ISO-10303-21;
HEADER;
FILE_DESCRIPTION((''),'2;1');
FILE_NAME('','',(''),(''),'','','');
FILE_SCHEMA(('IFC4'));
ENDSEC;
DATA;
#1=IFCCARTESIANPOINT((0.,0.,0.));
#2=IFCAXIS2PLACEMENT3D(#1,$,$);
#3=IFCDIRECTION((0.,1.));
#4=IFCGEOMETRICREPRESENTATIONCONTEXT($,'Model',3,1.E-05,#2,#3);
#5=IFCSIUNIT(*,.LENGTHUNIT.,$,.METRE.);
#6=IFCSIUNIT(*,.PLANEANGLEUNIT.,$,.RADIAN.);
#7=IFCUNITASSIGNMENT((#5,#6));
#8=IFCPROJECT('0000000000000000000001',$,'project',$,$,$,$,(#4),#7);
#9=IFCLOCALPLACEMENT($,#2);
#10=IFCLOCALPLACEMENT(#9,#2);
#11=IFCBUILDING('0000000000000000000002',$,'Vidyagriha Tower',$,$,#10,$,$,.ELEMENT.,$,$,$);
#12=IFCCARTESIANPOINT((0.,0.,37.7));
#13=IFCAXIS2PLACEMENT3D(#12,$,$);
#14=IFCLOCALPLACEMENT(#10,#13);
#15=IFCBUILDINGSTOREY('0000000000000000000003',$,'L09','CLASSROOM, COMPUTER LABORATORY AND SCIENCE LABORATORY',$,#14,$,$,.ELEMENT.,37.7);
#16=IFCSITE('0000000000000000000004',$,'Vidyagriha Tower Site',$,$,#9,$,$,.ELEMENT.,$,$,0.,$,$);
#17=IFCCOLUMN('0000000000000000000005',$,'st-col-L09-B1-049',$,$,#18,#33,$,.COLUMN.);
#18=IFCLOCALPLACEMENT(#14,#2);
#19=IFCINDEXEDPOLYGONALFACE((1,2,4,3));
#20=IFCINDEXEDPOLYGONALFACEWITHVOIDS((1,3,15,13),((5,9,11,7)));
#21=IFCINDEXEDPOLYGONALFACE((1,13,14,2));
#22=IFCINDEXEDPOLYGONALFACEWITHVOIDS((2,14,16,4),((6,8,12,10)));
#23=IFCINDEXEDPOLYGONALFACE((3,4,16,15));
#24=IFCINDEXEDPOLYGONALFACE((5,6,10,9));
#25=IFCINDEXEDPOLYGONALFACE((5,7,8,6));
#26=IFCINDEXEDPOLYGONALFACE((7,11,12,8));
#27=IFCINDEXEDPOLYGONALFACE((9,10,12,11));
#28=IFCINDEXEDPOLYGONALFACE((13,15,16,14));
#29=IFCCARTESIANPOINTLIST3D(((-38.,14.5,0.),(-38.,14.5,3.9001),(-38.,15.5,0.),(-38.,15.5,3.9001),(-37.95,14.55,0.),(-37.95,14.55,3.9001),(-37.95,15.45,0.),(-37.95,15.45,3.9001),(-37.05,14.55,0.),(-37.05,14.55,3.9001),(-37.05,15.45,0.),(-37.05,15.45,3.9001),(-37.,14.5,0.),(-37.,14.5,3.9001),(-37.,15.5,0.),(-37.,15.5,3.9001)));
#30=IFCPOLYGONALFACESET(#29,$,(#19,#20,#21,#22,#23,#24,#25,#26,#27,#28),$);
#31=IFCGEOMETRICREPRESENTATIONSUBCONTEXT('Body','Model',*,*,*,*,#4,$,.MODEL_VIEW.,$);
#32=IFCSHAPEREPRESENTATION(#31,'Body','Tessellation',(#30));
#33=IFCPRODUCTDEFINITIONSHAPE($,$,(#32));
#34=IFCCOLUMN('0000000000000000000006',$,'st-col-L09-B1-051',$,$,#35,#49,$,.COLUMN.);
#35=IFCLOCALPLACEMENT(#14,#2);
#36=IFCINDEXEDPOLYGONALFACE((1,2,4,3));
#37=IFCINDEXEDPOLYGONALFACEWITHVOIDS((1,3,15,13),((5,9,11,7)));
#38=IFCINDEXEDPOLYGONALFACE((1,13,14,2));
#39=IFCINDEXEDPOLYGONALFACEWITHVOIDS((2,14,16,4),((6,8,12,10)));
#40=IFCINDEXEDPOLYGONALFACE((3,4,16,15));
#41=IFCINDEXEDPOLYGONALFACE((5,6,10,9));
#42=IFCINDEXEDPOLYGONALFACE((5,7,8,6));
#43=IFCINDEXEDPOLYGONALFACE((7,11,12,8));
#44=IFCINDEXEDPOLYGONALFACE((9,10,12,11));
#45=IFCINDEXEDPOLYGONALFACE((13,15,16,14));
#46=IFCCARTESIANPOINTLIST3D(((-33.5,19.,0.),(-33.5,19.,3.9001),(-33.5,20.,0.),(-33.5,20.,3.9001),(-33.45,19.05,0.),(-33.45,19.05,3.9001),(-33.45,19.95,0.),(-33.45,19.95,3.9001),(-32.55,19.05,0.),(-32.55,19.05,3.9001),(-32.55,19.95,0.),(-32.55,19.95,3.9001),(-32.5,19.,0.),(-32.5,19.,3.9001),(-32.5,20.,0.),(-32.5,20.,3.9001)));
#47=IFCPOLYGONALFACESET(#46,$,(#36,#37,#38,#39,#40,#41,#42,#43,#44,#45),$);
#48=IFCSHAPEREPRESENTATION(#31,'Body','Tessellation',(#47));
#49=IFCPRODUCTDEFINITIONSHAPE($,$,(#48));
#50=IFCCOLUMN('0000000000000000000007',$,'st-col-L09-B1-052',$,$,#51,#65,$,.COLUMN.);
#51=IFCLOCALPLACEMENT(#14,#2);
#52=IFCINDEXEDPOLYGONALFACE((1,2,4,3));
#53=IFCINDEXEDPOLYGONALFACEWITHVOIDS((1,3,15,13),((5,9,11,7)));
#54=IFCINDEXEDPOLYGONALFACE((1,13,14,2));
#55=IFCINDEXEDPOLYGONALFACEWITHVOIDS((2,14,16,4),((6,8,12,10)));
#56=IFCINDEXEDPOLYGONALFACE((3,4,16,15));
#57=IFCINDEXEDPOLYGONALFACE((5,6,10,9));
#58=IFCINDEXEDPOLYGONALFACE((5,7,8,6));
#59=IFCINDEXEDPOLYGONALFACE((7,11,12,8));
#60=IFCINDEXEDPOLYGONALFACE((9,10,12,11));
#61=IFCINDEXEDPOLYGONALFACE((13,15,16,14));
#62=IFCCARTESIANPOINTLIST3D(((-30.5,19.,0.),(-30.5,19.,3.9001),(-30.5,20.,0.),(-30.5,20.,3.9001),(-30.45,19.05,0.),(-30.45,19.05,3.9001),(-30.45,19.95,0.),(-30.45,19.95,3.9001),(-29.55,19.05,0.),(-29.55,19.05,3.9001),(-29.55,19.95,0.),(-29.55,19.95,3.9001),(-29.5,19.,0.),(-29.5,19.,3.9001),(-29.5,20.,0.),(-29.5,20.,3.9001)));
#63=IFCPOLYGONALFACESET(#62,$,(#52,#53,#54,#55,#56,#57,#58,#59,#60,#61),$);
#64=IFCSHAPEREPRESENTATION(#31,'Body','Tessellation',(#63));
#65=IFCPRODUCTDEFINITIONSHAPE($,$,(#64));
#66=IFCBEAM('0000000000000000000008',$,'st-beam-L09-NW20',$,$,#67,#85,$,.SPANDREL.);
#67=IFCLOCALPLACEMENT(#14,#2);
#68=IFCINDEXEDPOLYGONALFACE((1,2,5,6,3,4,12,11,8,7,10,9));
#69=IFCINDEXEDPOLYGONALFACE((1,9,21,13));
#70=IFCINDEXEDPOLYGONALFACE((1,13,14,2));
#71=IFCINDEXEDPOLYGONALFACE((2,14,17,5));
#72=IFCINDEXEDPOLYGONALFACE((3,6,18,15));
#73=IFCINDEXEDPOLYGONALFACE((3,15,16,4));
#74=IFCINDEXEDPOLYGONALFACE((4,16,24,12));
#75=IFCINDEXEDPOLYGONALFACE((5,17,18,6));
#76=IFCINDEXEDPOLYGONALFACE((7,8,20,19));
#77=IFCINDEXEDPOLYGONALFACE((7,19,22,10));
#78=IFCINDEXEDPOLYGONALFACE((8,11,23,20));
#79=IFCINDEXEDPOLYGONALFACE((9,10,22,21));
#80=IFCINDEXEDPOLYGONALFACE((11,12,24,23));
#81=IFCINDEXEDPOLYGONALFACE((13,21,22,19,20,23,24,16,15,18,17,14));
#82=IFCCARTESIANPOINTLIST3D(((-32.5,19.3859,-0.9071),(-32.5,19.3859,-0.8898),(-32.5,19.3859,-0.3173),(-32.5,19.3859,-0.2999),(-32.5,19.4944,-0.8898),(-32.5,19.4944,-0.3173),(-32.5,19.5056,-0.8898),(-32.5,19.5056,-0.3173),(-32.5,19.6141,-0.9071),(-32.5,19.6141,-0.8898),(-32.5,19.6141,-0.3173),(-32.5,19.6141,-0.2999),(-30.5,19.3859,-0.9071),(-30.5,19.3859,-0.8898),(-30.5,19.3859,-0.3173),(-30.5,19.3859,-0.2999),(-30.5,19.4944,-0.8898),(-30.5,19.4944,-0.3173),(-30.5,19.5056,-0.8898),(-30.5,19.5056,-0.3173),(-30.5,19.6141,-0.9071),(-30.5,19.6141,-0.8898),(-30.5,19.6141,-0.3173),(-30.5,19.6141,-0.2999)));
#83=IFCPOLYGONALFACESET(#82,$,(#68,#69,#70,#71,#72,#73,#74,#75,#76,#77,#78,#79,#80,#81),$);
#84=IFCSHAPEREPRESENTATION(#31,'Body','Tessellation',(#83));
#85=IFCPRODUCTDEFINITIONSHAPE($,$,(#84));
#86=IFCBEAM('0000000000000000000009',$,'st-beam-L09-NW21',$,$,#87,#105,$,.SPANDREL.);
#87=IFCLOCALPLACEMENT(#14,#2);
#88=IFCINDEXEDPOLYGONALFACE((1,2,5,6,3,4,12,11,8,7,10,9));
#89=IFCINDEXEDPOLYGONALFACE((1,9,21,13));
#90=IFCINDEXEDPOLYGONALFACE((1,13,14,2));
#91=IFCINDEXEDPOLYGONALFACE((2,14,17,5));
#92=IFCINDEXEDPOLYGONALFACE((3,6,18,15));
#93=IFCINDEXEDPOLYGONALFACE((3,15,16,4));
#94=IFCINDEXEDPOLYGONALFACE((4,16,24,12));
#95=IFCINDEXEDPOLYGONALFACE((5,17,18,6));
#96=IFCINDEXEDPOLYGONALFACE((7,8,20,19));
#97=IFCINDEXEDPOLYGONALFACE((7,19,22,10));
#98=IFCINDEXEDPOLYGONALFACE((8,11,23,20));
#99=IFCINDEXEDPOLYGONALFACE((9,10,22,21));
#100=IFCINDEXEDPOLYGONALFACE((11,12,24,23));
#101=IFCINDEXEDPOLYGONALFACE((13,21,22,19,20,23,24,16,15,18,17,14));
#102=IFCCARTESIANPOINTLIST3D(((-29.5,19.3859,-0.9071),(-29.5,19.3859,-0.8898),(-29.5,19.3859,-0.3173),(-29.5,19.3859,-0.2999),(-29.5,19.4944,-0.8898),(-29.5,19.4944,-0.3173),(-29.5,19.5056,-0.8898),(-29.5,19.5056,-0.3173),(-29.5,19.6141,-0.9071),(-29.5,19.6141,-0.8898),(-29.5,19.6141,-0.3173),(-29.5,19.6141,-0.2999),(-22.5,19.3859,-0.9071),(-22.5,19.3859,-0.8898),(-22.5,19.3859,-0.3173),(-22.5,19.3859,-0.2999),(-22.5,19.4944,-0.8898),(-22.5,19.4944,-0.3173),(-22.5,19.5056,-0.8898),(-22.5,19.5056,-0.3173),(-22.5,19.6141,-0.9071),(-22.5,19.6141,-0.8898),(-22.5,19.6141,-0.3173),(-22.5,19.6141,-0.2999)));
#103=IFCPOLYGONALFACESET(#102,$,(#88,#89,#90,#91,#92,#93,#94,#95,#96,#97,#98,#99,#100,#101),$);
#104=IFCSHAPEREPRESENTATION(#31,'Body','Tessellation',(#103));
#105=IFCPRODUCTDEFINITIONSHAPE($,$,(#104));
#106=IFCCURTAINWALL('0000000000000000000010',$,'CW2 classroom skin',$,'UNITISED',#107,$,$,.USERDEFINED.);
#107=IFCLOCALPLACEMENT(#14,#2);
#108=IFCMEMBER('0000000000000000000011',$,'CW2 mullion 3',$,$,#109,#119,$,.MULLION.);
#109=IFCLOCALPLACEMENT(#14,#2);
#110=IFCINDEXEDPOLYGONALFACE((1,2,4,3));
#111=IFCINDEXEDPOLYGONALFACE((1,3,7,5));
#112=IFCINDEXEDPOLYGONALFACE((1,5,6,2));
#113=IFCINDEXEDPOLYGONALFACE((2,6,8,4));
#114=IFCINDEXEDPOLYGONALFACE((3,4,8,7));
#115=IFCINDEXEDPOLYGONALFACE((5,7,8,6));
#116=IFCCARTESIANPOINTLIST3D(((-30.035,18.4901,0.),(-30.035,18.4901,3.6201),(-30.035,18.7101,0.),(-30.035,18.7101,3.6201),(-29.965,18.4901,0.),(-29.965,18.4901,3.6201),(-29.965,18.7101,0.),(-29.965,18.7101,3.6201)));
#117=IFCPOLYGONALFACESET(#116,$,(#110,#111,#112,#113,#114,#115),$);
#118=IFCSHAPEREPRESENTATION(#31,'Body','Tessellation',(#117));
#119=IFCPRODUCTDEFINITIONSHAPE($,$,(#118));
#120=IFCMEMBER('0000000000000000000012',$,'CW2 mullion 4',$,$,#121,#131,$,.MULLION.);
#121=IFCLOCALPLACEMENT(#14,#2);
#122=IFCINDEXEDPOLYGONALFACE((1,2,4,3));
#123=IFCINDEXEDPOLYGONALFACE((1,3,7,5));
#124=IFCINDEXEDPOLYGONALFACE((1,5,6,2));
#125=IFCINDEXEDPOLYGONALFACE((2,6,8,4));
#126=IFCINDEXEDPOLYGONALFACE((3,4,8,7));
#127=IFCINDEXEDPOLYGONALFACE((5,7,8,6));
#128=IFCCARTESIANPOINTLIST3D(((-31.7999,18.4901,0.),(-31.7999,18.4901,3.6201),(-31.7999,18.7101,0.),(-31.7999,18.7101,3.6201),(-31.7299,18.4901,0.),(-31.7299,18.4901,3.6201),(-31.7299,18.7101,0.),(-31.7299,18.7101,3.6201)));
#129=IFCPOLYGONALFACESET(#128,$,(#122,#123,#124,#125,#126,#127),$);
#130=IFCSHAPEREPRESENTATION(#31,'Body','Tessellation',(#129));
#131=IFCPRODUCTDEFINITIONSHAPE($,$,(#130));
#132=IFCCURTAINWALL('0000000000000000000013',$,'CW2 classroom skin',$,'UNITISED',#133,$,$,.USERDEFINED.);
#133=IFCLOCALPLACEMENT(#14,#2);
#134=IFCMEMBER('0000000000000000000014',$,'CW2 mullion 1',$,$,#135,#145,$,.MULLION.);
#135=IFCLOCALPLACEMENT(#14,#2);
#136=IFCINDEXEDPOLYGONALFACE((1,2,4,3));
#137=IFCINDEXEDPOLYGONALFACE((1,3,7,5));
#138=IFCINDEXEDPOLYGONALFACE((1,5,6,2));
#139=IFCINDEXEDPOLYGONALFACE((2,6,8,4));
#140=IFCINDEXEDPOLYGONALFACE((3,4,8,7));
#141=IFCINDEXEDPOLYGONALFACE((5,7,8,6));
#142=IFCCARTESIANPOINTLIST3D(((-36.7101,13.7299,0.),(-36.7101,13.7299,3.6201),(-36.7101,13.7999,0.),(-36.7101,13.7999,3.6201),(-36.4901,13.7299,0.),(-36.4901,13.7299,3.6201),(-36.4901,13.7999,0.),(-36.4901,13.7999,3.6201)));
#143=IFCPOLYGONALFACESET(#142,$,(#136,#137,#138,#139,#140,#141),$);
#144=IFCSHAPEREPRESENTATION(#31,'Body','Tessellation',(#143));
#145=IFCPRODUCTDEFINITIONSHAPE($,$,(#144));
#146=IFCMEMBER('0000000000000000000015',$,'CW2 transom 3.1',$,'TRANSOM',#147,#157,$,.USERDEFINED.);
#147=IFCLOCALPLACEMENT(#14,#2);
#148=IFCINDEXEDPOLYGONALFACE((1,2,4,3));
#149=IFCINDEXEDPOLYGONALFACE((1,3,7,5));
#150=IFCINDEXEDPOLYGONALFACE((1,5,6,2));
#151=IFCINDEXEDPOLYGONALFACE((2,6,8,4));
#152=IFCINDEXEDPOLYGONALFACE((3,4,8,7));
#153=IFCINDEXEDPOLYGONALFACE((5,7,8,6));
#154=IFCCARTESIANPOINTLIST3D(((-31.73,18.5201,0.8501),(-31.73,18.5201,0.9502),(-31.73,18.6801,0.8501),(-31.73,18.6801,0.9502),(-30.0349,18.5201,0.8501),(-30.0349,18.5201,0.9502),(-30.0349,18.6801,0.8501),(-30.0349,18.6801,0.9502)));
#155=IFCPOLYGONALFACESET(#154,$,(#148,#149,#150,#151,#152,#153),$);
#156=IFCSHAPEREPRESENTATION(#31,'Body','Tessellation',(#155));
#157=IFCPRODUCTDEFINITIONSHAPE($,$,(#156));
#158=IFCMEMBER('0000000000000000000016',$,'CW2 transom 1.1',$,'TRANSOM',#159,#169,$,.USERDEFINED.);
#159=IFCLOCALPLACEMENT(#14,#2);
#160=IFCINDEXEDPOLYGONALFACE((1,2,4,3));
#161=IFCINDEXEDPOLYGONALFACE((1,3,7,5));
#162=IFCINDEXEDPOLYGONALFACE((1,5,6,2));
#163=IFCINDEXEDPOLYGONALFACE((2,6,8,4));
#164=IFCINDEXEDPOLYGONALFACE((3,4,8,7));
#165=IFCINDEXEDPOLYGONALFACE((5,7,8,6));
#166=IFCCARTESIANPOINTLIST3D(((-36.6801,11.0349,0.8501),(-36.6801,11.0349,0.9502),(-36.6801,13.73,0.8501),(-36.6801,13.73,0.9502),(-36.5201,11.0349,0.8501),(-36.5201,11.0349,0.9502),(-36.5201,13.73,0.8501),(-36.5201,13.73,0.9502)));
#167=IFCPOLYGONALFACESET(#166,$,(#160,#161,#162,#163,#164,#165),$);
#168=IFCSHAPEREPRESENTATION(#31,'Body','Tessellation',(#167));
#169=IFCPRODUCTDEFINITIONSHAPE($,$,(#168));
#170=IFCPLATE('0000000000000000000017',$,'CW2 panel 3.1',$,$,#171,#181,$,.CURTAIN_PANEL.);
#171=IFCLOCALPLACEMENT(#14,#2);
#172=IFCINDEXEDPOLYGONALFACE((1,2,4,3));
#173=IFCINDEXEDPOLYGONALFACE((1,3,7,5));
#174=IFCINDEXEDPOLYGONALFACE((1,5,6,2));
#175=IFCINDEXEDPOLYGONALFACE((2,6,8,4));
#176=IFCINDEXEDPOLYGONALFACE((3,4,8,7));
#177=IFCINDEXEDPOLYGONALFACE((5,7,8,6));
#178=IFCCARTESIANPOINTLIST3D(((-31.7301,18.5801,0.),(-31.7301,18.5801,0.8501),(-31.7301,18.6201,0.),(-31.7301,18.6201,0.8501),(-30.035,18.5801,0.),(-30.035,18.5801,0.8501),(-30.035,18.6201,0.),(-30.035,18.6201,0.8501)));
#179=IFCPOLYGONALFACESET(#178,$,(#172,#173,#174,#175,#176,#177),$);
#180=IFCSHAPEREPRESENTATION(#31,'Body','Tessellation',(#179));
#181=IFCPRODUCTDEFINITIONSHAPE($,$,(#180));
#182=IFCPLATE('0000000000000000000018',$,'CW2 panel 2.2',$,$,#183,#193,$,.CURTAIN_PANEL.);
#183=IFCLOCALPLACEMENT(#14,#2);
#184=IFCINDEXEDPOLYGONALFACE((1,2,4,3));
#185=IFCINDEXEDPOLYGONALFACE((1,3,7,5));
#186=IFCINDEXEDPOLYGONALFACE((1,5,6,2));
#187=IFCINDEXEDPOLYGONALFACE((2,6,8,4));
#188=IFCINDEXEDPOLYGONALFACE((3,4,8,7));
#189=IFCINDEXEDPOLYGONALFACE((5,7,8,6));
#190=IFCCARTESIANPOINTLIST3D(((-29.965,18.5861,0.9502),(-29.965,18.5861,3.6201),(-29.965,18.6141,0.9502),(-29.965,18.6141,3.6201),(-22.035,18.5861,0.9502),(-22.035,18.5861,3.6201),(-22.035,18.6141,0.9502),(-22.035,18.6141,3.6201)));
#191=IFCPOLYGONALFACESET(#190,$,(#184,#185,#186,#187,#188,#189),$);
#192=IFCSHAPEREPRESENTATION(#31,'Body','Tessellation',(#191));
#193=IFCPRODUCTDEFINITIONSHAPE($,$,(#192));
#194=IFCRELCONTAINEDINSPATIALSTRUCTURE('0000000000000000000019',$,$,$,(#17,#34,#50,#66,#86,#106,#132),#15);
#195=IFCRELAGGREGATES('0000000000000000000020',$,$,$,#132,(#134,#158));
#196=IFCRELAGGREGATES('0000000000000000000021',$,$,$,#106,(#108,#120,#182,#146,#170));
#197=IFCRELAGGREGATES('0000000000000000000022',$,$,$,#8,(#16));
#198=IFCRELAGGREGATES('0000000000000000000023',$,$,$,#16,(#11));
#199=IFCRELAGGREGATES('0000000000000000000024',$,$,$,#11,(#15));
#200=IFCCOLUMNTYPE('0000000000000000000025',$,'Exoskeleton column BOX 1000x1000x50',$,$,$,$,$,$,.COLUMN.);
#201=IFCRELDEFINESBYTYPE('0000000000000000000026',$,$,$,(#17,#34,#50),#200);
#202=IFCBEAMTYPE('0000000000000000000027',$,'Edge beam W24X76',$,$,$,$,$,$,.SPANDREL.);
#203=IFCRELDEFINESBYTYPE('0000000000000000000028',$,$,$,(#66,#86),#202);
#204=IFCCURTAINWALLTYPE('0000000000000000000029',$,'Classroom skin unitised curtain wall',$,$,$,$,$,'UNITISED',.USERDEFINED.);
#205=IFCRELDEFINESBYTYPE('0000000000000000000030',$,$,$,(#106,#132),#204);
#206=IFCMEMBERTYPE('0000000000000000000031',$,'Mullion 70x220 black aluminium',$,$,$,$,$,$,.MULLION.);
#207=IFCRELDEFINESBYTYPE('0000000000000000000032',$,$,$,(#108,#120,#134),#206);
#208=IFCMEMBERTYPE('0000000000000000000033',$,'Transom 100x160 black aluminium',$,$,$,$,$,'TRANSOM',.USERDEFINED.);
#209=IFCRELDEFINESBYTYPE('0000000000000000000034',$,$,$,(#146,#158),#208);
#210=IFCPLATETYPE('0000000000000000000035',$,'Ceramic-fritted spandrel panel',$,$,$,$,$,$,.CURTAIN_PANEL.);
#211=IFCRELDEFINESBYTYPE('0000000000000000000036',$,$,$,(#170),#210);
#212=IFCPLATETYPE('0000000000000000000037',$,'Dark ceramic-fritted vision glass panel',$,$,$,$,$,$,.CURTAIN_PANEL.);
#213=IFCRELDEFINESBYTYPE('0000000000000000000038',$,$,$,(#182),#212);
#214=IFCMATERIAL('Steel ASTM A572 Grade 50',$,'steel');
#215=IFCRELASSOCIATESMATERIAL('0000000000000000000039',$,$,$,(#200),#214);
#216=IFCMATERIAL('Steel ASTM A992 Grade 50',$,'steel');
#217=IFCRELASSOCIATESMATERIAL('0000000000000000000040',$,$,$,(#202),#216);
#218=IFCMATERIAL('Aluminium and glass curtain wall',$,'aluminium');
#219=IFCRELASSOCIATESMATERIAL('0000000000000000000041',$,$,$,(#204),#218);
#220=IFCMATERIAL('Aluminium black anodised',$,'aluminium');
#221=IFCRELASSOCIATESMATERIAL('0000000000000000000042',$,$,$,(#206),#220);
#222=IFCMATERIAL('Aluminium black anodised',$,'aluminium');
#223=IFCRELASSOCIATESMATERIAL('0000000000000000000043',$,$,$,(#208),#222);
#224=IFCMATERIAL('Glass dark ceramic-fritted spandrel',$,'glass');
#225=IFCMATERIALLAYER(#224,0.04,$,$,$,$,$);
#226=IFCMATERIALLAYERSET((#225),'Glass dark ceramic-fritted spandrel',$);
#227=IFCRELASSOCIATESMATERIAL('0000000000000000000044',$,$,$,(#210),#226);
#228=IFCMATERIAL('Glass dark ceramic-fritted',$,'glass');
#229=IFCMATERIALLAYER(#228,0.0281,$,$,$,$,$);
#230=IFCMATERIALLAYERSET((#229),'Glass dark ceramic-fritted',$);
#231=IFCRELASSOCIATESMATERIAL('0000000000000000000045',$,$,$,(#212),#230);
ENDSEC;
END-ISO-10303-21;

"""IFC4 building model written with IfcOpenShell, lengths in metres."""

from ifc_helpers import new_model, si_unit, direction, frame, origin, origin_2d, place, context, subcontext, project, spatial, rectangle, hollow_rectangle, i_section, extrude, material, layer, layer_set, material_profile, profile_set, type_object, element, aggregate, save


model = new_model("IFC4")

# Units and contexts
model_context = context("Model", 3, precision=1e-05, world=origin(), true_north=direction((0.0, 1.0)))
body_context = subcontext(model_context, "Body", "Model", "MODEL_VIEW")
ifc_project = project(units=[si_unit("LENGTHUNIT", "METRE"), si_unit("PLANEANGLEUNIT", "RADIAN")], contexts=[model_context])

# Site, building, storey
site_placement = place(None, origin())
site = spatial("IfcSite", under=ifc_project, at=site_placement, Name="Vidyagriha Tower Site", CompositionType="ELEMENT", RefElevation=0.0)
building_placement = place(site_placement, origin())
building = spatial("IfcBuilding", under=site, at=building_placement, Name="Vidyagriha Tower", CompositionType="ELEMENT")
storey_placement = place(building_placement, frame((0.0, 0.0, 37.7)))
storey = spatial("IfcBuildingStorey", under=building, at=storey_placement, Name="L09", Description="CLASSROOM, COMPUTER LABORATORY AND SCIENCE LABORATORY", CompositionType="ELEMENT", Elevation=37.7)

# Columns
ifc_material_1 = material(Name="Steel ASTM A572 Grade 50", Category="steel")
ifc_material_profile_1 = material_profile(ifc_material_1, hollow_rectangle(XDim=1.0, YDim=1.0, WallThickness=0.05, at=origin_2d()), Name="BOX 1000x1000x50")
ifc_profile_set_1 = profile_set([ifc_material_profile_1], Name="Steel ASTM A572 Grade 50")
column_type = type_object("IfcColumnType", Name="Exoskeleton column BOX 1000x1000x50", PredefinedType="COLUMN", material=ifc_profile_set_1)
for number, where, name in (
    (1, (-37.5, 15.0, 0.0), "st-col-L09-B1-049"),
    (2, (-33.0, 19.5, 0.0), "st-col-L09-B1-051"),
    (3, (-30.0, 19.5, 0.0), "st-col-L09-B1-052"),
):
    element("IfcColumn", number, at=place(storey_placement, frame(where)), inside=storey, type_object=column_type, Name=name, PredefinedType="COLUMN", context=body_context, shape_type="SweptSolid", body=[
        extrude(hollow_rectangle(XDim=1.0, YDim=1.0, WallThickness=0.05, at=origin_2d()), origin(), (0.0, 0.0, 1.0), 3.9001),
    ])

# Beams
ifc_material_2 = material(Name="Steel ASTM A992 Grade 50", Category="steel")
ifc_material_profile_2 = material_profile(ifc_material_2, i_section(OverallWidth=0.2283, OverallDepth=0.6072, WebThickness=0.0112, FlangeThickness=0.0173, at=origin_2d()), Name="W24X76")
ifc_profile_set_2 = profile_set([ifc_material_profile_2], Name="Steel ASTM A992 Grade 50")
beam_type = type_object("IfcBeamType", Name="Edge beam W24X76", PredefinedType="SPANDREL", material=ifc_profile_set_2)
beam_1_placement = place(storey_placement, frame((-32.5, 19.5, -0.6035), z_axis=(1.0, 0.0, 0.0), x_axis=(0.0, 1.0, 0.0)))
element("IfcBeam", 4, at=beam_1_placement, inside=storey, type_object=beam_type, Name="st-beam-L09-NW20", PredefinedType="SPANDREL", context=body_context, shape_type="SweptSolid", body=[
    extrude(i_section(OverallWidth=0.2283, OverallDepth=0.6072, WebThickness=0.0112, FlangeThickness=0.0173, at=origin_2d()), origin(), (0.0, 0.0, 1.0), 2.0),
])
beam_2_placement = place(storey_placement, frame((-29.5, 19.5, -0.6035), z_axis=(1.0, 0.0, 0.0), x_axis=(0.0, 1.0, 0.0)))
element("IfcBeam", 5, at=beam_2_placement, inside=storey, type_object=beam_type, Name="st-beam-L09-NW21", PredefinedType="SPANDREL", context=body_context, shape_type="SweptSolid", body=[
    extrude(i_section(OverallWidth=0.2283, OverallDepth=0.6072, WebThickness=0.0112, FlangeThickness=0.0173, at=origin_2d()), origin(), (0.0, 0.0, 1.0), 7.0),
])

# Curtain wall, members
ifc_material_3 = material(Name="Aluminium and glass curtain wall", Category="aluminium")
curtain_wall_type = type_object("IfcCurtainWallType", Name="Classroom skin unitised curtain wall", ElementType="UNITISED", PredefinedType="USERDEFINED", material=ifc_material_3)
curtain_wall_1_placement = place(storey_placement, origin())
curtain_wall_1 = element("IfcCurtainWall", 6, at=curtain_wall_1_placement, inside=storey, type_object=curtain_wall_type, Name="CW2 classroom skin", ObjectType="UNITISED", PredefinedType="USERDEFINED")
ifc_material_4 = material(Name="Aluminium black anodised", Category="aluminium")
ifc_material_profile_3 = material_profile(ifc_material_4, rectangle(XDim=0.22, YDim=0.0701, at=origin_2d()), Name="Mullion 70x220 black aluminium")
ifc_profile_set_3 = profile_set([ifc_material_profile_3], Name="Aluminium black anodised")
member_type_1 = type_object("IfcMemberType", Name="Mullion 70x220 black aluminium", PredefinedType="MULLION", material=ifc_profile_set_3)
member_1_placement = place(storey_placement, frame((-30.0, 18.6001, 0.0), z_axis=(0.0, 0.0, 1.0), x_axis=(0.0, -1.0, 0.0)))
member_1 = element("IfcMember", 7, at=member_1_placement, type_object=member_type_1, Name="CW2 mullion 3", PredefinedType="MULLION", context=body_context, shape_type="SweptSolid", body=[
    extrude(rectangle(XDim=0.22, YDim=0.0701, at=origin_2d()), origin(), (0.0, 0.0, 1.0), 3.6201),
])
member_2_placement = place(storey_placement, frame((-31.7649, 18.6001, 0.0), z_axis=(0.0, 0.0, 1.0), x_axis=(0.0, -1.0, 0.0)))
member_2 = element("IfcMember", 8, at=member_2_placement, type_object=member_type_1, Name="CW2 mullion 4", PredefinedType="MULLION", context=body_context, shape_type="SweptSolid", body=[
    extrude(rectangle(XDim=0.22, YDim=0.0701, at=origin_2d()), origin(), (0.0, 0.0, 1.0), 3.6201),
])

# Curtain wall, member
curtain_wall_2_placement = place(storey_placement, origin())
curtain_wall_2 = element("IfcCurtainWall", 9, at=curtain_wall_2_placement, inside=storey, type_object=curtain_wall_type, Name="CW2 classroom skin", ObjectType="UNITISED", PredefinedType="USERDEFINED")
member_3_placement = place(storey_placement, frame((-36.6001, 13.7649, 0.0)))
member_3 = element("IfcMember", 10, at=member_3_placement, type_object=member_type_1, Name="CW2 mullion 1", PredefinedType="MULLION", context=body_context, shape_type="SweptSolid", body=[
    extrude(rectangle(XDim=0.22, YDim=0.0701, at=origin_2d()), origin(), (0.0, 0.0, 1.0), 3.6201),
])

# Members
ifc_material_5 = material(Name="Aluminium black anodised", Category="aluminium")
ifc_material_profile_4 = material_profile(ifc_material_5, rectangle(XDim=0.1599, YDim=0.1001, at=origin_2d()), Name="Transom 100x160 black aluminium")
ifc_profile_set_4 = profile_set([ifc_material_profile_4], Name="Aluminium black anodised")
member_type_2 = type_object("IfcMemberType", Name="Transom 100x160 black aluminium", ElementType="TRANSOM", PredefinedType="USERDEFINED", material=ifc_profile_set_4)
member_4_placement = place(storey_placement, frame((-30.0349, 18.6001, 0.9001), z_axis=(-1.0, 0.0, 0.0), x_axis=(0.0, -1.0, 0.0)))
member_4 = element("IfcMember", 11, at=member_4_placement, type_object=member_type_2, Name="CW2 transom 3.1", ObjectType="TRANSOM", PredefinedType="USERDEFINED", context=body_context, shape_type="SweptSolid", body=[
    extrude(rectangle(XDim=0.1599, YDim=0.1001, at=origin_2d()), origin(), (0.0, 0.0, 1.0), 1.6951),
])
member_5_placement = place(storey_placement, frame((-36.6001, 13.73, 0.9001), z_axis=(0.0, -1.0, 0.0), x_axis=(1.0, 0.0, 0.0)))
member_5 = element("IfcMember", 12, at=member_5_placement, type_object=member_type_2, Name="CW2 transom 1.1", ObjectType="TRANSOM", PredefinedType="USERDEFINED", context=body_context, shape_type="SweptSolid", body=[
    extrude(rectangle(XDim=0.1599, YDim=0.1001, at=origin_2d()), origin(), (0.0, 0.0, 1.0), 2.6951),
])
aggregate(curtain_wall_2, [member_3, member_5])

# Plates
ifc_material_6 = material(Name="Glass dark ceramic-fritted spandrel", Category="glass")
ifc_layer_1 = layer(ifc_material_6, 0.04)
ifc_layer_set_1 = layer_set([ifc_layer_1], Name="Glass dark ceramic-fritted spandrel")
plate_type_1 = type_object("IfcPlateType", Name="Ceramic-fritted spandrel panel", PredefinedType="CURTAIN_PANEL", material=ifc_layer_set_1)
plate_1_placement = place(storey_placement, frame((-30.8826, 18.6001, 0.0), z_axis=(0.0, 0.0, 1.0), x_axis=(-1.0, 0.0, 0.0)))
plate_1 = element("IfcPlate", 13, at=plate_1_placement, type_object=plate_type_1, Name="CW2 panel 3.1", PredefinedType="CURTAIN_PANEL", context=body_context, shape_type="SweptSolid", body=[
    extrude(rectangle(XDim=1.6951, YDim=0.04, at=origin_2d()), origin(), (0.0, 0.0, 1.0), 0.8501),
])
ifc_material_7 = material(Name="Glass dark ceramic-fritted", Category="glass")
ifc_layer_2 = layer(ifc_material_7, 0.0281)
ifc_layer_set_2 = layer_set([ifc_layer_2], Name="Glass dark ceramic-fritted")
plate_type_2 = type_object("IfcPlateType", Name="Dark ceramic-fritted vision glass panel", PredefinedType="CURTAIN_PANEL", material=ifc_layer_set_2)
plate_2_placement = place(storey_placement, frame((-26.0, 18.6001, 0.9502), z_axis=(0.0, 0.0, 1.0), x_axis=(-1.0, 0.0, 0.0)))
plate_2 = element("IfcPlate", 14, at=plate_2_placement, type_object=plate_type_2, Name="CW2 panel 2.2", PredefinedType="CURTAIN_PANEL", context=body_context, shape_type="SweptSolid", body=[
    extrude(rectangle(XDim=7.9299, YDim=0.0281, at=origin_2d()), origin(), (0.0, 0.0, 1.0), 2.6699),
])
aggregate(curtain_wall_1, [member_1, member_2, plate_2, member_4, plate_1])

save(model, "model.ifc")
